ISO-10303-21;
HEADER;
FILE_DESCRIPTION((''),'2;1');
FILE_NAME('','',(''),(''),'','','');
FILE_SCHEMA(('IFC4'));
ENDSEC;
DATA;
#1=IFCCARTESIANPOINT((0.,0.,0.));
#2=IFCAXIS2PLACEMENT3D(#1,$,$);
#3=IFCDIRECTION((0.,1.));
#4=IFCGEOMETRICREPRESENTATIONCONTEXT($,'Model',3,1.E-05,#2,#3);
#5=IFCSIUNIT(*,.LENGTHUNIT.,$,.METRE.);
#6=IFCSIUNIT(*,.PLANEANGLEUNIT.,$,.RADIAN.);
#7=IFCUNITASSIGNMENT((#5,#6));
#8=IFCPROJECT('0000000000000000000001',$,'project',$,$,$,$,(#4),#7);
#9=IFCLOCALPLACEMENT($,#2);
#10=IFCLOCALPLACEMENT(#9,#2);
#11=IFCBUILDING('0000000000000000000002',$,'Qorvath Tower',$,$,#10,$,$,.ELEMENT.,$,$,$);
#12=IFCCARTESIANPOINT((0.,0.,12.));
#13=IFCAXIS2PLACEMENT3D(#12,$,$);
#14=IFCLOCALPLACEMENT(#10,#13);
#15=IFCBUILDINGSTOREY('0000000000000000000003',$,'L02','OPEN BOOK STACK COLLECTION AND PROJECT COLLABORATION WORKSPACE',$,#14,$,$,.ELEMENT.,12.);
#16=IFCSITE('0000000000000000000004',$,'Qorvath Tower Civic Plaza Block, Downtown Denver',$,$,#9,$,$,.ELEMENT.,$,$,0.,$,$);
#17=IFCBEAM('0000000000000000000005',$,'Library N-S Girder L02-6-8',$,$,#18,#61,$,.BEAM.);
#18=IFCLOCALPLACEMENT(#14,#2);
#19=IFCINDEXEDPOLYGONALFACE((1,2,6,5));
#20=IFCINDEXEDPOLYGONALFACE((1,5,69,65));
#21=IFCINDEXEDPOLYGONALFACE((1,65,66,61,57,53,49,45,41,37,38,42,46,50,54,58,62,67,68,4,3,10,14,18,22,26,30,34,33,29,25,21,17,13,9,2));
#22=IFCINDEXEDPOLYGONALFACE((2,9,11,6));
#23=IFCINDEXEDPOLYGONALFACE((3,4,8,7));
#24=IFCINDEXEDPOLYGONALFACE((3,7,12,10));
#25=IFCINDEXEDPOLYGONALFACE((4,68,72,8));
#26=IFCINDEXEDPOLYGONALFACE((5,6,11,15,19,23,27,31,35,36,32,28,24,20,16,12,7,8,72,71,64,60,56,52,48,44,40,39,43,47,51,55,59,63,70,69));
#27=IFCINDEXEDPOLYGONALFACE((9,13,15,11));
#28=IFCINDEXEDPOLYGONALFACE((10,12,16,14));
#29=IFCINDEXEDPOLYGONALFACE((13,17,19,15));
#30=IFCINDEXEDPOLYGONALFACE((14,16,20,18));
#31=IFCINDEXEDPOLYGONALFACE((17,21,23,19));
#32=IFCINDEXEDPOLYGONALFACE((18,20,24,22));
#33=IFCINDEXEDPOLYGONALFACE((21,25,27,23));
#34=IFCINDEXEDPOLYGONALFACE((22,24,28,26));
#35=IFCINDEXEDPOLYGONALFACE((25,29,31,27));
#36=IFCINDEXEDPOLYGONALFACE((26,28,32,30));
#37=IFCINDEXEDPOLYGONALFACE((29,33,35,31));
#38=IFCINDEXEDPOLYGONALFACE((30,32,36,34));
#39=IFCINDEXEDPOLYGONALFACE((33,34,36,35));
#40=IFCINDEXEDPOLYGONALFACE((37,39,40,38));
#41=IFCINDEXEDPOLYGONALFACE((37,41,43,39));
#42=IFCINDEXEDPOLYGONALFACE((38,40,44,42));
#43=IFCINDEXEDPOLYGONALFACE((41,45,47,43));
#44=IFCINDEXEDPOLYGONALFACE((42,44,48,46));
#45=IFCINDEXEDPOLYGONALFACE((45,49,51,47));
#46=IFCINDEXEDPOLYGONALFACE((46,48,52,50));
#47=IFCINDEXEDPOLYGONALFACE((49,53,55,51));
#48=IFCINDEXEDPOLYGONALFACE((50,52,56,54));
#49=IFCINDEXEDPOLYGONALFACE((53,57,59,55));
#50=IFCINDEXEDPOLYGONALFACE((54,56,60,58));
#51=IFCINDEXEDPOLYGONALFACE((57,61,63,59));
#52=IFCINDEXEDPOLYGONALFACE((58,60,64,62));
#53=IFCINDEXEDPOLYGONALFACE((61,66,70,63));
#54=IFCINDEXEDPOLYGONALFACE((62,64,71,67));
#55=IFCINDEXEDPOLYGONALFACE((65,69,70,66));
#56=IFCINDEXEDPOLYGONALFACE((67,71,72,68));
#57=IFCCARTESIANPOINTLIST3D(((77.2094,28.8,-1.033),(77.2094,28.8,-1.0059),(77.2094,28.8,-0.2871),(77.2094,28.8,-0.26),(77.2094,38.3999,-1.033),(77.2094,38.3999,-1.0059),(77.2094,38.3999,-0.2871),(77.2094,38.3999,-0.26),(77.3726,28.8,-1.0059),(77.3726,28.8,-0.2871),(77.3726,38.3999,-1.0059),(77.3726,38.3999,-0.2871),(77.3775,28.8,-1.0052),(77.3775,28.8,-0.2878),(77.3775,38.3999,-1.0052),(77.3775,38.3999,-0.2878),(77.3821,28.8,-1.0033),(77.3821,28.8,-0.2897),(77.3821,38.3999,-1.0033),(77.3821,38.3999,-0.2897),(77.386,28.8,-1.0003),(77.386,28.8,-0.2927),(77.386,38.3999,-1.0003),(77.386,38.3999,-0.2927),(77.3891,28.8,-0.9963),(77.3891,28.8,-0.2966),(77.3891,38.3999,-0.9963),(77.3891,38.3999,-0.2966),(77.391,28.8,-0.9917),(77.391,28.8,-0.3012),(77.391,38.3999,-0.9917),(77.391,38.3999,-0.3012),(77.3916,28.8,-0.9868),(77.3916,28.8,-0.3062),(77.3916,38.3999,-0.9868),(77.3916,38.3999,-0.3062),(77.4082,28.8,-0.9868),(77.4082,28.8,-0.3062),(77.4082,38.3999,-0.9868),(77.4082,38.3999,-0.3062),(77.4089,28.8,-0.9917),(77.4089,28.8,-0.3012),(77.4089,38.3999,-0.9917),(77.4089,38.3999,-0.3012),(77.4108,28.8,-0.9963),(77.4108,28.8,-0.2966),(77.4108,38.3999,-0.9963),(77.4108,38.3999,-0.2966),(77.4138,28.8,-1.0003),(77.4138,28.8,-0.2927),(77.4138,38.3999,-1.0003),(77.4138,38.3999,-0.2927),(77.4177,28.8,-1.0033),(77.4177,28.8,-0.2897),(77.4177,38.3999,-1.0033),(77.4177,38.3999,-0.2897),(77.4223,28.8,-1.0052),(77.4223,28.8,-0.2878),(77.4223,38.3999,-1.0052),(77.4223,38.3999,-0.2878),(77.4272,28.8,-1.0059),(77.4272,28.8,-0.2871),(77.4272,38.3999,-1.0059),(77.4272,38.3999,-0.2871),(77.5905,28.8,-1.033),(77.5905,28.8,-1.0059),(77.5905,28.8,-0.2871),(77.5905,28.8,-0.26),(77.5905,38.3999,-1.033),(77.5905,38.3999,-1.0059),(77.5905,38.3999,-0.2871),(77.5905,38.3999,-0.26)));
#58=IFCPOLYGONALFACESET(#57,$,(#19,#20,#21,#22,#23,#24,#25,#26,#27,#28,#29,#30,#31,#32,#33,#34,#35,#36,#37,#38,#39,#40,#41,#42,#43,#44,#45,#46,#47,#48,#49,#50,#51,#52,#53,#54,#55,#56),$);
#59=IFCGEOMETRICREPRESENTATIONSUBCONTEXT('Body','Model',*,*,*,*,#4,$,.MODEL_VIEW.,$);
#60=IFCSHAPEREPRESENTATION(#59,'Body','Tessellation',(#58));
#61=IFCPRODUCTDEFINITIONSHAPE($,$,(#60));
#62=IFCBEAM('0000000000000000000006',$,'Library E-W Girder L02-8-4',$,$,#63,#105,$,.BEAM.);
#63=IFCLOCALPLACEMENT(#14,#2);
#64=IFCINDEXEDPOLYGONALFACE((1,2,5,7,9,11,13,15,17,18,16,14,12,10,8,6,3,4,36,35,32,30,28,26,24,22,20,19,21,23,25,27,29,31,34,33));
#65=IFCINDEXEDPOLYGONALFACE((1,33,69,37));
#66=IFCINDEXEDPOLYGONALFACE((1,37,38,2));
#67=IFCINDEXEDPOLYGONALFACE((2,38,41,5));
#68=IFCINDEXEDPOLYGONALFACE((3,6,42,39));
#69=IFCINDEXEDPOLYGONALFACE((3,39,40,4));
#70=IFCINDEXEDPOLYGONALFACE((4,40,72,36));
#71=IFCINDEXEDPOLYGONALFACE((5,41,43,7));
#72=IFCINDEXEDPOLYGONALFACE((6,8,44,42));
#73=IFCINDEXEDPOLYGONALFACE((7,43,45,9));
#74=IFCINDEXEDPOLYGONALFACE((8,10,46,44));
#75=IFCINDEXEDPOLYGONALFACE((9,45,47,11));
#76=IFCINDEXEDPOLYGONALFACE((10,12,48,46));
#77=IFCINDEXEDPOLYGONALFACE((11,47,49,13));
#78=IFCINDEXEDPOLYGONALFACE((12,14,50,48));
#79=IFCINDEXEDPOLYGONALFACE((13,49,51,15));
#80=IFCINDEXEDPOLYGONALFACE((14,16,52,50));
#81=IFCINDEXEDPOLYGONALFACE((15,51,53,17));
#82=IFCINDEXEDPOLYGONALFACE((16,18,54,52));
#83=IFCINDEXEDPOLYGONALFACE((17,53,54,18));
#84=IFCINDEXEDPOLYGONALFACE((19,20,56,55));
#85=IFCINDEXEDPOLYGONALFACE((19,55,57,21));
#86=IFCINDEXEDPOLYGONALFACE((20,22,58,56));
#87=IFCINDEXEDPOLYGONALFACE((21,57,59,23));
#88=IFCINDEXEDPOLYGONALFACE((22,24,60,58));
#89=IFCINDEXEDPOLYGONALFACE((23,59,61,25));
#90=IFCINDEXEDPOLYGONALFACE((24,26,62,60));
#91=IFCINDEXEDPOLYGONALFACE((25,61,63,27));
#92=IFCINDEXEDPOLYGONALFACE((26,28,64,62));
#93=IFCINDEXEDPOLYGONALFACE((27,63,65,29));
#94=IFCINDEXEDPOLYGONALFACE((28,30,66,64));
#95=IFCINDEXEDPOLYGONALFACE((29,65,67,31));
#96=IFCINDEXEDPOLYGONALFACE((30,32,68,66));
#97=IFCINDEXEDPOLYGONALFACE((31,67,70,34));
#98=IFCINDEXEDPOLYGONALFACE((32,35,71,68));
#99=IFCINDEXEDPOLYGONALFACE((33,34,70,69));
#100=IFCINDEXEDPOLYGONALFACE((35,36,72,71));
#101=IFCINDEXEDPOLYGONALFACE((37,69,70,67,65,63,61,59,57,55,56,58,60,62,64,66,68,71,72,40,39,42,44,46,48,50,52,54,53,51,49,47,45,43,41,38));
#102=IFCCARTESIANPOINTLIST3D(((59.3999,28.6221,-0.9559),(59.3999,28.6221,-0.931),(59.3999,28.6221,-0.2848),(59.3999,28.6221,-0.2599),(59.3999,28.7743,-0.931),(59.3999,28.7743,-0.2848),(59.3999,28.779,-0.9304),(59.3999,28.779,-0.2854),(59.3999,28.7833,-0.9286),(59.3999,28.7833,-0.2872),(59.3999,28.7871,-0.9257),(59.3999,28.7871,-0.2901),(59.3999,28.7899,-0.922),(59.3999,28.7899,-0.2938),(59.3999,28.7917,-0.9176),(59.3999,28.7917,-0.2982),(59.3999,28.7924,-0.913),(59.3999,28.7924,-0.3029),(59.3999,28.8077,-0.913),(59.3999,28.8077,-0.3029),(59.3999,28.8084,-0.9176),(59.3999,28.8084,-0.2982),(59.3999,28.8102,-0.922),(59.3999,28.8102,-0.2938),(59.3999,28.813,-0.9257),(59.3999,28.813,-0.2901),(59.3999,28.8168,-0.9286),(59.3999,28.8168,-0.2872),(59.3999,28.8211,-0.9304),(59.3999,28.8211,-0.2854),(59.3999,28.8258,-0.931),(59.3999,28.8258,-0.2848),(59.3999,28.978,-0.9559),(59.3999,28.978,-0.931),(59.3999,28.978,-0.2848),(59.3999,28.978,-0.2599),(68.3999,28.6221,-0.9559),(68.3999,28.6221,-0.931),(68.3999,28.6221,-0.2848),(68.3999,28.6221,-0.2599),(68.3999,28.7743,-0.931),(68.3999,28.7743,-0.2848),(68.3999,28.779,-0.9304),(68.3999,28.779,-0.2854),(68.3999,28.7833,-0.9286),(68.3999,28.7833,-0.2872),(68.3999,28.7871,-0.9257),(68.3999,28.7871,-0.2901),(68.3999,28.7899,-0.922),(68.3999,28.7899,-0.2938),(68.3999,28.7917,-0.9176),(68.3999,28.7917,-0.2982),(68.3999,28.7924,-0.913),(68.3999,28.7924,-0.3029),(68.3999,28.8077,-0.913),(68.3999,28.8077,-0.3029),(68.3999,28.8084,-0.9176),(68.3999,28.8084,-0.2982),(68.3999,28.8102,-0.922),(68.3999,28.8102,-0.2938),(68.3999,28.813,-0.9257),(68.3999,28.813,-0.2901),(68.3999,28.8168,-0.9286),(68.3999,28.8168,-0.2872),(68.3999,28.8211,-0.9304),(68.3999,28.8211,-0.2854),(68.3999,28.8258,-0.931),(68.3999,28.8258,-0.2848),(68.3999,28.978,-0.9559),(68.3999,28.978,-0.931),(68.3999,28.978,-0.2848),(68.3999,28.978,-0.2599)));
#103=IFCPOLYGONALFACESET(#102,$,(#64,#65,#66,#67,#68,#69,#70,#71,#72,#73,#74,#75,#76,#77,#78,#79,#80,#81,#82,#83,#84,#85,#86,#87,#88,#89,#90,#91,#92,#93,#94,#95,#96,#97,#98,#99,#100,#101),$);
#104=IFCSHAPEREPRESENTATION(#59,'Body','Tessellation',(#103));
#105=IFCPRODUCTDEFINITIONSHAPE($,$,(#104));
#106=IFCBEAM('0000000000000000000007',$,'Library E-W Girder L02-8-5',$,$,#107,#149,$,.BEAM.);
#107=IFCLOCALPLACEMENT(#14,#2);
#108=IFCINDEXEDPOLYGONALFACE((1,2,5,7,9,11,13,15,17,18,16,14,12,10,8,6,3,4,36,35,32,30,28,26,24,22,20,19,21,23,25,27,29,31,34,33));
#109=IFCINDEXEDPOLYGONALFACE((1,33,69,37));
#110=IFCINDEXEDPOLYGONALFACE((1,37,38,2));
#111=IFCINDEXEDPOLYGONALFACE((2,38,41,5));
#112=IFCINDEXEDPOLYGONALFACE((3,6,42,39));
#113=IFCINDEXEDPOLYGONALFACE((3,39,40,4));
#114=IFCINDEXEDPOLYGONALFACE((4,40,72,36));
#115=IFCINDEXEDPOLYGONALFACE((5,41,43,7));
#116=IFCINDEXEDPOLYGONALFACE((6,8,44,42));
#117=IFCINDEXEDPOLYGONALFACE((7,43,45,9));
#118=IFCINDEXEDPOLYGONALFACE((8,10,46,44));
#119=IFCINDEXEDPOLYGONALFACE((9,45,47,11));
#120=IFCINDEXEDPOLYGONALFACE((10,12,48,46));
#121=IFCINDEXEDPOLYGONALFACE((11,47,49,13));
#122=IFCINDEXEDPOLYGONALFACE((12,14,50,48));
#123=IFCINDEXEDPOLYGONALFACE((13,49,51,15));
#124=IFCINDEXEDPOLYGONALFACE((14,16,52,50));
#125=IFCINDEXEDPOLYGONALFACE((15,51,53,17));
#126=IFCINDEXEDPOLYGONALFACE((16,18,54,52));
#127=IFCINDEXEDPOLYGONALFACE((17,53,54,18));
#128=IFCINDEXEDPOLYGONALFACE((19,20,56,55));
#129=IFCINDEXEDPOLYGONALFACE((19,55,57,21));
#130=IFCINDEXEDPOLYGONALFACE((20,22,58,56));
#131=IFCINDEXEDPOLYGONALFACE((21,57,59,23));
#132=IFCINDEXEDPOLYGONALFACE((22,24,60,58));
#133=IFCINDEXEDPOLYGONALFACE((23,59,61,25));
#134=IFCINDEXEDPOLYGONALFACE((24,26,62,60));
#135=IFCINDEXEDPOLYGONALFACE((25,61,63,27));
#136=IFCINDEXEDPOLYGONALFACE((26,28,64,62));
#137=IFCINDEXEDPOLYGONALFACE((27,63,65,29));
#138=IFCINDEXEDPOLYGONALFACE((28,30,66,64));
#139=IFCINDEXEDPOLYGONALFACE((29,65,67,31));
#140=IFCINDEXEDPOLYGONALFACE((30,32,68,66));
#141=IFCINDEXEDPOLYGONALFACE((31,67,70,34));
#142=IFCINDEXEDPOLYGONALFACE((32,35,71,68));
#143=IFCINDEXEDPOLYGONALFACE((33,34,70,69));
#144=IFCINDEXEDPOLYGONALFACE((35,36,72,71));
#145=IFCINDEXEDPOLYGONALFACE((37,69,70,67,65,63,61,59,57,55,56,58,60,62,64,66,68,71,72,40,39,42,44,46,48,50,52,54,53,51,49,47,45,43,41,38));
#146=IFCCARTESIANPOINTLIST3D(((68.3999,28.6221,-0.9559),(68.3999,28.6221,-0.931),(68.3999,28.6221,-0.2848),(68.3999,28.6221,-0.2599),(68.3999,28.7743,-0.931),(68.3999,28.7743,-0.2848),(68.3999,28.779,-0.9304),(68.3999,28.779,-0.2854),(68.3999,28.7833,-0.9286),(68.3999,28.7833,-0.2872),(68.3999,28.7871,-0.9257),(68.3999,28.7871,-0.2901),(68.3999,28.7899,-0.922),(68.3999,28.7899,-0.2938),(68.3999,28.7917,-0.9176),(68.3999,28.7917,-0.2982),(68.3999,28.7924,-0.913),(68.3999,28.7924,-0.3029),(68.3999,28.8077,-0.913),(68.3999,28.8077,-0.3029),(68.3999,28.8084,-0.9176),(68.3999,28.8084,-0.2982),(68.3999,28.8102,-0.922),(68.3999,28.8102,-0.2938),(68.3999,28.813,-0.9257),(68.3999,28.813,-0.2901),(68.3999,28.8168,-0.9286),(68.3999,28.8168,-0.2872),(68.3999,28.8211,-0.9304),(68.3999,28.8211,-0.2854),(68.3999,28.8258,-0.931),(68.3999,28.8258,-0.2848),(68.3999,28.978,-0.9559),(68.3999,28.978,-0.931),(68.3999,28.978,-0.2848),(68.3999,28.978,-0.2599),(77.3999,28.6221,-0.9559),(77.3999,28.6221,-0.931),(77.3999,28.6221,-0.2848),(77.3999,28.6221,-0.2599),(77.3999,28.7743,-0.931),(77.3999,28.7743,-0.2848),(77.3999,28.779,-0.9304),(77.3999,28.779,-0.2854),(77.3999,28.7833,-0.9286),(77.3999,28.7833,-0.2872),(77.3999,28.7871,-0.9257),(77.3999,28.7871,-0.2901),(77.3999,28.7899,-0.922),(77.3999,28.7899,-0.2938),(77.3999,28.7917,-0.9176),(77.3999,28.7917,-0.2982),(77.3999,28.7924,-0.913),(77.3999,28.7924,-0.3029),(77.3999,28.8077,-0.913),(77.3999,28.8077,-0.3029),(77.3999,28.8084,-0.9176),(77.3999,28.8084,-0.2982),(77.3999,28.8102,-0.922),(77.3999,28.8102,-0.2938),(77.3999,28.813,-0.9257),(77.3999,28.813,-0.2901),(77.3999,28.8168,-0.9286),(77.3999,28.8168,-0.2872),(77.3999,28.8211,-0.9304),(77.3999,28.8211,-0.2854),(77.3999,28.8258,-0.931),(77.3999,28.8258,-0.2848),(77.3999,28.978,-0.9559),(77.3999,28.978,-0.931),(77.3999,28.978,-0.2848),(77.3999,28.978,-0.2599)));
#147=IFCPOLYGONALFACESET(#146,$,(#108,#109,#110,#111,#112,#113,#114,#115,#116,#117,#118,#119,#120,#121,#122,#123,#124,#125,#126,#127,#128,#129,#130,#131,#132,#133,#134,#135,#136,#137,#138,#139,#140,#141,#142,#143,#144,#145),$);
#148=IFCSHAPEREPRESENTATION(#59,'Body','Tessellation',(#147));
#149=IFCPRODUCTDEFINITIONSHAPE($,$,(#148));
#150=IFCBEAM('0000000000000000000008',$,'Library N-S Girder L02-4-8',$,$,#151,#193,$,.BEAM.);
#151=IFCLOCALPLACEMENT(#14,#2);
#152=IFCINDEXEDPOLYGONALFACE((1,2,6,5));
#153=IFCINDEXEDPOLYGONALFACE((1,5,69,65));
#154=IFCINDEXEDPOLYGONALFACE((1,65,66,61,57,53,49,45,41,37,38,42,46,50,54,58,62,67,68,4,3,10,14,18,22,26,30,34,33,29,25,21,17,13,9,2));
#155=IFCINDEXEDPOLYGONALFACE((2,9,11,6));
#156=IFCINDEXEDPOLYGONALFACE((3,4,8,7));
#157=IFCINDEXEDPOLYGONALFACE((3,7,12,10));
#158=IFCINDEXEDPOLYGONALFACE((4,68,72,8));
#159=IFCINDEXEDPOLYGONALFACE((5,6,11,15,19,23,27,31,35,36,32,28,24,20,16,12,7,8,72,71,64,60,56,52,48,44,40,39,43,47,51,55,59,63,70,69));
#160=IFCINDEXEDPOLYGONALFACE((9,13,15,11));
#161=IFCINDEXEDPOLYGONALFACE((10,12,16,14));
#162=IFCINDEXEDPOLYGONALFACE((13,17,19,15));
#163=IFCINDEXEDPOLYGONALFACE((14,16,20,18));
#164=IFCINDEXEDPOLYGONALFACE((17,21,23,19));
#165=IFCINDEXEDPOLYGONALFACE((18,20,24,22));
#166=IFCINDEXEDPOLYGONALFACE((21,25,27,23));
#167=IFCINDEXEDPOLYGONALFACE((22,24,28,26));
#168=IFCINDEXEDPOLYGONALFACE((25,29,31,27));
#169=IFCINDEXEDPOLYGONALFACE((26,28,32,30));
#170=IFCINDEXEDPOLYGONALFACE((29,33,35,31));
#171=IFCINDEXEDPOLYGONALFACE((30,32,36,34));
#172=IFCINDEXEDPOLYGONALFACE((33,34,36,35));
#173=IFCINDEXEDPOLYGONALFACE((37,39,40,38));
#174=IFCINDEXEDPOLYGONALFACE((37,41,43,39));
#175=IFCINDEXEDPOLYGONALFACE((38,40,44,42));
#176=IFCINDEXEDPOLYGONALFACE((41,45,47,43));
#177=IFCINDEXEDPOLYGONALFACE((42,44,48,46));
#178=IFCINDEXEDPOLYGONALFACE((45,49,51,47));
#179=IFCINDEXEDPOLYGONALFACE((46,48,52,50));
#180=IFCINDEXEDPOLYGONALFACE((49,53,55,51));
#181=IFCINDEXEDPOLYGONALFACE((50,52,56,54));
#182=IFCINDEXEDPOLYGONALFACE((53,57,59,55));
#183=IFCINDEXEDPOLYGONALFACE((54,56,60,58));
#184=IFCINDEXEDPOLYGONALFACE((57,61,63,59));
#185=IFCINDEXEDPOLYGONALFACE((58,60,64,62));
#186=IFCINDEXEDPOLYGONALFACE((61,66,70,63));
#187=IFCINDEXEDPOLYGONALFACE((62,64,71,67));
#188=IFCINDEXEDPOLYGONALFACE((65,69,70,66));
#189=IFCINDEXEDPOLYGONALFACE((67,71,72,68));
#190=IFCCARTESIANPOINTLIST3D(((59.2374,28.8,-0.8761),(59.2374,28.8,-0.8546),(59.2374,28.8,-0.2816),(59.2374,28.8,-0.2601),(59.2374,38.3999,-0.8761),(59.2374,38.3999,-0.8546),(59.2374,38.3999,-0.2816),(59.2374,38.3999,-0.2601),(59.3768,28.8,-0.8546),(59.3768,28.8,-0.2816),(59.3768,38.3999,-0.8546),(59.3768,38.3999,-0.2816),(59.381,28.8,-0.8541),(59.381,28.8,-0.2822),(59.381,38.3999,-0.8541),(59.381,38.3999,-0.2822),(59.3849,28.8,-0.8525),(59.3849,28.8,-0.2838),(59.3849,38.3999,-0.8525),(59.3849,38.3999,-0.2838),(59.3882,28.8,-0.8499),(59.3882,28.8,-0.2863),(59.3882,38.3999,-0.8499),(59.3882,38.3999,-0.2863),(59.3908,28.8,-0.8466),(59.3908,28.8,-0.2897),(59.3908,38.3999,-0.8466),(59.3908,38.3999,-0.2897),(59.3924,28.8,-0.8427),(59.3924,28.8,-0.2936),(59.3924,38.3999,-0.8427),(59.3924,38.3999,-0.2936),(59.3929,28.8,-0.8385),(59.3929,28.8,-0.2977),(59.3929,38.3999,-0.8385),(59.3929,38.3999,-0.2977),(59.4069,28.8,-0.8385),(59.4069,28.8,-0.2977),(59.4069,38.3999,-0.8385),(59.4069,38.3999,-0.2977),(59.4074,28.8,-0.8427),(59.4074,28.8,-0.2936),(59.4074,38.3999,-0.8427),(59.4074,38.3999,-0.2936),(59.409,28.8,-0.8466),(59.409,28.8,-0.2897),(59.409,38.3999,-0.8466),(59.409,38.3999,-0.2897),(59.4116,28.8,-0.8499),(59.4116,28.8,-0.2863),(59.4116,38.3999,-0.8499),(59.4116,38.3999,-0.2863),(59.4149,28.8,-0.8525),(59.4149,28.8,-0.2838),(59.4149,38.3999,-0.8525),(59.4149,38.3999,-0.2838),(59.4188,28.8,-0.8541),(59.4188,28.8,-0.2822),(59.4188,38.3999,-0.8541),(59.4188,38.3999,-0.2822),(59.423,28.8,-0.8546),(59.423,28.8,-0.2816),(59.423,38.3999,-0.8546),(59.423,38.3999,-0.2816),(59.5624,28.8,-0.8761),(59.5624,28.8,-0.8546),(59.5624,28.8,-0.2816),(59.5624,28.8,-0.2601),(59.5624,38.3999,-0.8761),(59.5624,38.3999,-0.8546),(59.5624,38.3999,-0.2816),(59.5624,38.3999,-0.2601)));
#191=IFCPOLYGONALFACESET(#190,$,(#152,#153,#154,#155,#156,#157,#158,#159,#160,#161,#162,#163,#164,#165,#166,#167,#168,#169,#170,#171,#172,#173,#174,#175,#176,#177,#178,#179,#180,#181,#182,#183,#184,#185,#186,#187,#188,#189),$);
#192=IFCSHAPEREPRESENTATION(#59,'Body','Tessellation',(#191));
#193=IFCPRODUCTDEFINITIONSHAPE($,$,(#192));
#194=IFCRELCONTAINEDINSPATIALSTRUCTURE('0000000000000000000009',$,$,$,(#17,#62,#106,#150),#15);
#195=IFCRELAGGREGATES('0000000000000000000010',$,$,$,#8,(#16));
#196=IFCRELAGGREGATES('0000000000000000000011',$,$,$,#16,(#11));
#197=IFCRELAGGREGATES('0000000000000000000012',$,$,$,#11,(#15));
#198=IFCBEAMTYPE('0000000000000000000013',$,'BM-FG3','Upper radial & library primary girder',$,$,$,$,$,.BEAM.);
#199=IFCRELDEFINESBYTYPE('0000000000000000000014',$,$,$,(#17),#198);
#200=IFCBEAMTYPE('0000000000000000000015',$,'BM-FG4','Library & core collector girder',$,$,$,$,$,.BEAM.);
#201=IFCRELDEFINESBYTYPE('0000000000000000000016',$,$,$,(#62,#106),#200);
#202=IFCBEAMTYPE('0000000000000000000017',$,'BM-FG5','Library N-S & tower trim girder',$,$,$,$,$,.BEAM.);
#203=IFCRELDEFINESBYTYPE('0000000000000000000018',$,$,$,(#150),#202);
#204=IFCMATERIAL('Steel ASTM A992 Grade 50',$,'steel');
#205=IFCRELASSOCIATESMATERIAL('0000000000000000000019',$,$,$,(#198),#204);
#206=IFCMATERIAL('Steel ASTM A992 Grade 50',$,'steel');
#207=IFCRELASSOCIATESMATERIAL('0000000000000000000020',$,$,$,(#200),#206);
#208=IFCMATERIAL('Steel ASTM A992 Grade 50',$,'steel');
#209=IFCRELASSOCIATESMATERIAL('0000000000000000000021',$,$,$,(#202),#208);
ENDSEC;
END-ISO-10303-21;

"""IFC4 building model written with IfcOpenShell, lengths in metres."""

from ifc_helpers import new_model, si_unit, direction, frame, origin, origin_2d, place, context, subcontext, project, spatial, i_section, extrude, material, material_profile, profile_set, type_object, element, save


model = new_model("IFC4")

# Units and contexts
model_context = context("Model", 3, precision=1e-05, world=origin(), true_north=direction((0.0, 1.0)))
body_context = subcontext(model_context, "Body", "Model", "MODEL_VIEW")
ifc_project = project(units=[si_unit("LENGTHUNIT", "METRE"), si_unit("PLANEANGLEUNIT", "RADIAN")], contexts=[model_context])

# Site, building, storey
site_placement = place(None, origin())
site = spatial("IfcSite", under=ifc_project, at=site_placement, Name="Qorvath Tower Civic Plaza Block, Downtown Denver", CompositionType="ELEMENT", RefElevation=0.0)
building_placement = place(site_placement, origin())
building = spatial("IfcBuilding", under=site, at=building_placement, Name="Qorvath Tower", CompositionType="ELEMENT")
storey_placement = place(building_placement, frame((0.0, 0.0, 12.0)))
storey = spatial("IfcBuildingStorey", under=building, at=storey_placement, Name="L02", Description="OPEN BOOK STACK COLLECTION AND PROJECT COLLABORATION WORKSPACE", CompositionType="ELEMENT", Elevation=12.0)

# Beams
ifc_material_1 = material(Name="Steel ASTM A992 Grade 50", Category="steel")
ifc_material_profile_1 = material_profile(ifc_material_1, i_section(OverallWidth=0.3811, OverallDepth=0.7729, WebThickness=0.0166, FlangeThickness=0.0271, FilletRadius=0.019, at=origin_2d()), Name="W30x173")
ifc_profile_set_1 = profile_set([ifc_material_profile_1], Name="Steel ASTM A992 Grade 50")
beam_type_1 = type_object("IfcBeamType", Name="BM-FG3", Description="Upper radial & library primary girder", PredefinedType="BEAM", material=ifc_profile_set_1)
beam_1_placement = place(storey_placement, frame((77.3999, 28.8, -0.6465), z_axis=(0.0, 1.0, 0.0), x_axis=(-1.0, 0.0, 0.0)))
element("IfcBeam", 1, at=beam_1_placement, inside=storey, type_object=beam_type_1, Name="Library N-S Girder L02-6-8", PredefinedType="BEAM", context=body_context, shape_type="SweptSolid", body=[
    extrude(i_section(OverallWidth=0.3811, OverallDepth=0.7729, WebThickness=0.0166, FlangeThickness=0.0271, FilletRadius=0.019, at=origin_2d()), origin(), (0.0, 0.0, 1.0), 9.5999),
])
ifc_material_2 = material(Name="Steel ASTM A992 Grade 50", Category="steel")
ifc_material_profile_2 = material_profile(ifc_material_2, i_section(OverallWidth=0.356, OverallDepth=0.696, WebThickness=0.0154, FlangeThickness=0.0249, FilletRadius=0.0181, at=origin_2d()), Name="W27x146")
ifc_profile_set_2 = profile_set([ifc_material_profile_2], Name="Steel ASTM A992 Grade 50")
beam_type_2 = type_object("IfcBeamType", Name="BM-FG4", Description="Library & core collector girder", PredefinedType="BEAM", material=ifc_profile_set_2)
for number, where, z_axis, x_axis, name in (
    (2, (59.3999, 28.8, -0.6079), (1.0, 0.0, 0.0), (0.0, 1.0, 0.0), "Library E-W Girder L02-8-4"),
    (3, (68.3999, 28.8, -0.6079), (1.0, 0.0, 0.0), (0.0, 1.0, 0.0), "Library E-W Girder L02-8-5"),
):
    element("IfcBeam", number, at=place(storey_placement, frame(where, z_axis=z_axis, x_axis=x_axis)), inside=storey, type_object=beam_type_2, Name=name, PredefinedType="BEAM", context=body_context, shape_type="SweptSolid", body=[
        extrude(i_section(OverallWidth=0.356, OverallDepth=0.696, WebThickness=0.0154, FlangeThickness=0.0249, FilletRadius=0.0181, at=origin_2d()), origin(), (0.0, 0.0, 1.0), 9.0),
    ])
ifc_material_3 = material(Name="Steel ASTM A992 Grade 50", Category="steel")
ifc_material_profile_3 = material_profile(ifc_material_3, i_section(OverallWidth=0.325, OverallDepth=0.616, WebThickness=0.0139, FlangeThickness=0.0215, FilletRadius=0.0161, at=origin_2d()), Name="W24x117")
ifc_profile_set_3 = profile_set([ifc_material_profile_3], Name="Steel ASTM A992 Grade 50")
beam_type_3 = type_object("IfcBeamType", Name="BM-FG5", Description="Library N-S & tower trim girder", PredefinedType="BEAM", material=ifc_profile_set_3)
for number, where, z_axis, x_axis, name in (
    (4, (59.3999, 28.8, -0.5681), (0.0, 1.0, 0.0), (-1.0, 0.0, 0.0), "Library N-S Girder L02-4-8"),
):
    element("IfcBeam", number, at=place(storey_placement, frame(where, z_axis=z_axis, x_axis=x_axis)), inside=storey, type_object=beam_type_3, Name=name, PredefinedType="BEAM", context=body_context, shape_type="SweptSolid", body=[
        extrude(i_section(OverallWidth=0.325, OverallDepth=0.616, WebThickness=0.0139, FlangeThickness=0.0215, FilletRadius=0.0161, at=origin_2d()), origin(), (0.0, 0.0, 1.0), 9.5999),
    ])

save(model, "model.ifc")
